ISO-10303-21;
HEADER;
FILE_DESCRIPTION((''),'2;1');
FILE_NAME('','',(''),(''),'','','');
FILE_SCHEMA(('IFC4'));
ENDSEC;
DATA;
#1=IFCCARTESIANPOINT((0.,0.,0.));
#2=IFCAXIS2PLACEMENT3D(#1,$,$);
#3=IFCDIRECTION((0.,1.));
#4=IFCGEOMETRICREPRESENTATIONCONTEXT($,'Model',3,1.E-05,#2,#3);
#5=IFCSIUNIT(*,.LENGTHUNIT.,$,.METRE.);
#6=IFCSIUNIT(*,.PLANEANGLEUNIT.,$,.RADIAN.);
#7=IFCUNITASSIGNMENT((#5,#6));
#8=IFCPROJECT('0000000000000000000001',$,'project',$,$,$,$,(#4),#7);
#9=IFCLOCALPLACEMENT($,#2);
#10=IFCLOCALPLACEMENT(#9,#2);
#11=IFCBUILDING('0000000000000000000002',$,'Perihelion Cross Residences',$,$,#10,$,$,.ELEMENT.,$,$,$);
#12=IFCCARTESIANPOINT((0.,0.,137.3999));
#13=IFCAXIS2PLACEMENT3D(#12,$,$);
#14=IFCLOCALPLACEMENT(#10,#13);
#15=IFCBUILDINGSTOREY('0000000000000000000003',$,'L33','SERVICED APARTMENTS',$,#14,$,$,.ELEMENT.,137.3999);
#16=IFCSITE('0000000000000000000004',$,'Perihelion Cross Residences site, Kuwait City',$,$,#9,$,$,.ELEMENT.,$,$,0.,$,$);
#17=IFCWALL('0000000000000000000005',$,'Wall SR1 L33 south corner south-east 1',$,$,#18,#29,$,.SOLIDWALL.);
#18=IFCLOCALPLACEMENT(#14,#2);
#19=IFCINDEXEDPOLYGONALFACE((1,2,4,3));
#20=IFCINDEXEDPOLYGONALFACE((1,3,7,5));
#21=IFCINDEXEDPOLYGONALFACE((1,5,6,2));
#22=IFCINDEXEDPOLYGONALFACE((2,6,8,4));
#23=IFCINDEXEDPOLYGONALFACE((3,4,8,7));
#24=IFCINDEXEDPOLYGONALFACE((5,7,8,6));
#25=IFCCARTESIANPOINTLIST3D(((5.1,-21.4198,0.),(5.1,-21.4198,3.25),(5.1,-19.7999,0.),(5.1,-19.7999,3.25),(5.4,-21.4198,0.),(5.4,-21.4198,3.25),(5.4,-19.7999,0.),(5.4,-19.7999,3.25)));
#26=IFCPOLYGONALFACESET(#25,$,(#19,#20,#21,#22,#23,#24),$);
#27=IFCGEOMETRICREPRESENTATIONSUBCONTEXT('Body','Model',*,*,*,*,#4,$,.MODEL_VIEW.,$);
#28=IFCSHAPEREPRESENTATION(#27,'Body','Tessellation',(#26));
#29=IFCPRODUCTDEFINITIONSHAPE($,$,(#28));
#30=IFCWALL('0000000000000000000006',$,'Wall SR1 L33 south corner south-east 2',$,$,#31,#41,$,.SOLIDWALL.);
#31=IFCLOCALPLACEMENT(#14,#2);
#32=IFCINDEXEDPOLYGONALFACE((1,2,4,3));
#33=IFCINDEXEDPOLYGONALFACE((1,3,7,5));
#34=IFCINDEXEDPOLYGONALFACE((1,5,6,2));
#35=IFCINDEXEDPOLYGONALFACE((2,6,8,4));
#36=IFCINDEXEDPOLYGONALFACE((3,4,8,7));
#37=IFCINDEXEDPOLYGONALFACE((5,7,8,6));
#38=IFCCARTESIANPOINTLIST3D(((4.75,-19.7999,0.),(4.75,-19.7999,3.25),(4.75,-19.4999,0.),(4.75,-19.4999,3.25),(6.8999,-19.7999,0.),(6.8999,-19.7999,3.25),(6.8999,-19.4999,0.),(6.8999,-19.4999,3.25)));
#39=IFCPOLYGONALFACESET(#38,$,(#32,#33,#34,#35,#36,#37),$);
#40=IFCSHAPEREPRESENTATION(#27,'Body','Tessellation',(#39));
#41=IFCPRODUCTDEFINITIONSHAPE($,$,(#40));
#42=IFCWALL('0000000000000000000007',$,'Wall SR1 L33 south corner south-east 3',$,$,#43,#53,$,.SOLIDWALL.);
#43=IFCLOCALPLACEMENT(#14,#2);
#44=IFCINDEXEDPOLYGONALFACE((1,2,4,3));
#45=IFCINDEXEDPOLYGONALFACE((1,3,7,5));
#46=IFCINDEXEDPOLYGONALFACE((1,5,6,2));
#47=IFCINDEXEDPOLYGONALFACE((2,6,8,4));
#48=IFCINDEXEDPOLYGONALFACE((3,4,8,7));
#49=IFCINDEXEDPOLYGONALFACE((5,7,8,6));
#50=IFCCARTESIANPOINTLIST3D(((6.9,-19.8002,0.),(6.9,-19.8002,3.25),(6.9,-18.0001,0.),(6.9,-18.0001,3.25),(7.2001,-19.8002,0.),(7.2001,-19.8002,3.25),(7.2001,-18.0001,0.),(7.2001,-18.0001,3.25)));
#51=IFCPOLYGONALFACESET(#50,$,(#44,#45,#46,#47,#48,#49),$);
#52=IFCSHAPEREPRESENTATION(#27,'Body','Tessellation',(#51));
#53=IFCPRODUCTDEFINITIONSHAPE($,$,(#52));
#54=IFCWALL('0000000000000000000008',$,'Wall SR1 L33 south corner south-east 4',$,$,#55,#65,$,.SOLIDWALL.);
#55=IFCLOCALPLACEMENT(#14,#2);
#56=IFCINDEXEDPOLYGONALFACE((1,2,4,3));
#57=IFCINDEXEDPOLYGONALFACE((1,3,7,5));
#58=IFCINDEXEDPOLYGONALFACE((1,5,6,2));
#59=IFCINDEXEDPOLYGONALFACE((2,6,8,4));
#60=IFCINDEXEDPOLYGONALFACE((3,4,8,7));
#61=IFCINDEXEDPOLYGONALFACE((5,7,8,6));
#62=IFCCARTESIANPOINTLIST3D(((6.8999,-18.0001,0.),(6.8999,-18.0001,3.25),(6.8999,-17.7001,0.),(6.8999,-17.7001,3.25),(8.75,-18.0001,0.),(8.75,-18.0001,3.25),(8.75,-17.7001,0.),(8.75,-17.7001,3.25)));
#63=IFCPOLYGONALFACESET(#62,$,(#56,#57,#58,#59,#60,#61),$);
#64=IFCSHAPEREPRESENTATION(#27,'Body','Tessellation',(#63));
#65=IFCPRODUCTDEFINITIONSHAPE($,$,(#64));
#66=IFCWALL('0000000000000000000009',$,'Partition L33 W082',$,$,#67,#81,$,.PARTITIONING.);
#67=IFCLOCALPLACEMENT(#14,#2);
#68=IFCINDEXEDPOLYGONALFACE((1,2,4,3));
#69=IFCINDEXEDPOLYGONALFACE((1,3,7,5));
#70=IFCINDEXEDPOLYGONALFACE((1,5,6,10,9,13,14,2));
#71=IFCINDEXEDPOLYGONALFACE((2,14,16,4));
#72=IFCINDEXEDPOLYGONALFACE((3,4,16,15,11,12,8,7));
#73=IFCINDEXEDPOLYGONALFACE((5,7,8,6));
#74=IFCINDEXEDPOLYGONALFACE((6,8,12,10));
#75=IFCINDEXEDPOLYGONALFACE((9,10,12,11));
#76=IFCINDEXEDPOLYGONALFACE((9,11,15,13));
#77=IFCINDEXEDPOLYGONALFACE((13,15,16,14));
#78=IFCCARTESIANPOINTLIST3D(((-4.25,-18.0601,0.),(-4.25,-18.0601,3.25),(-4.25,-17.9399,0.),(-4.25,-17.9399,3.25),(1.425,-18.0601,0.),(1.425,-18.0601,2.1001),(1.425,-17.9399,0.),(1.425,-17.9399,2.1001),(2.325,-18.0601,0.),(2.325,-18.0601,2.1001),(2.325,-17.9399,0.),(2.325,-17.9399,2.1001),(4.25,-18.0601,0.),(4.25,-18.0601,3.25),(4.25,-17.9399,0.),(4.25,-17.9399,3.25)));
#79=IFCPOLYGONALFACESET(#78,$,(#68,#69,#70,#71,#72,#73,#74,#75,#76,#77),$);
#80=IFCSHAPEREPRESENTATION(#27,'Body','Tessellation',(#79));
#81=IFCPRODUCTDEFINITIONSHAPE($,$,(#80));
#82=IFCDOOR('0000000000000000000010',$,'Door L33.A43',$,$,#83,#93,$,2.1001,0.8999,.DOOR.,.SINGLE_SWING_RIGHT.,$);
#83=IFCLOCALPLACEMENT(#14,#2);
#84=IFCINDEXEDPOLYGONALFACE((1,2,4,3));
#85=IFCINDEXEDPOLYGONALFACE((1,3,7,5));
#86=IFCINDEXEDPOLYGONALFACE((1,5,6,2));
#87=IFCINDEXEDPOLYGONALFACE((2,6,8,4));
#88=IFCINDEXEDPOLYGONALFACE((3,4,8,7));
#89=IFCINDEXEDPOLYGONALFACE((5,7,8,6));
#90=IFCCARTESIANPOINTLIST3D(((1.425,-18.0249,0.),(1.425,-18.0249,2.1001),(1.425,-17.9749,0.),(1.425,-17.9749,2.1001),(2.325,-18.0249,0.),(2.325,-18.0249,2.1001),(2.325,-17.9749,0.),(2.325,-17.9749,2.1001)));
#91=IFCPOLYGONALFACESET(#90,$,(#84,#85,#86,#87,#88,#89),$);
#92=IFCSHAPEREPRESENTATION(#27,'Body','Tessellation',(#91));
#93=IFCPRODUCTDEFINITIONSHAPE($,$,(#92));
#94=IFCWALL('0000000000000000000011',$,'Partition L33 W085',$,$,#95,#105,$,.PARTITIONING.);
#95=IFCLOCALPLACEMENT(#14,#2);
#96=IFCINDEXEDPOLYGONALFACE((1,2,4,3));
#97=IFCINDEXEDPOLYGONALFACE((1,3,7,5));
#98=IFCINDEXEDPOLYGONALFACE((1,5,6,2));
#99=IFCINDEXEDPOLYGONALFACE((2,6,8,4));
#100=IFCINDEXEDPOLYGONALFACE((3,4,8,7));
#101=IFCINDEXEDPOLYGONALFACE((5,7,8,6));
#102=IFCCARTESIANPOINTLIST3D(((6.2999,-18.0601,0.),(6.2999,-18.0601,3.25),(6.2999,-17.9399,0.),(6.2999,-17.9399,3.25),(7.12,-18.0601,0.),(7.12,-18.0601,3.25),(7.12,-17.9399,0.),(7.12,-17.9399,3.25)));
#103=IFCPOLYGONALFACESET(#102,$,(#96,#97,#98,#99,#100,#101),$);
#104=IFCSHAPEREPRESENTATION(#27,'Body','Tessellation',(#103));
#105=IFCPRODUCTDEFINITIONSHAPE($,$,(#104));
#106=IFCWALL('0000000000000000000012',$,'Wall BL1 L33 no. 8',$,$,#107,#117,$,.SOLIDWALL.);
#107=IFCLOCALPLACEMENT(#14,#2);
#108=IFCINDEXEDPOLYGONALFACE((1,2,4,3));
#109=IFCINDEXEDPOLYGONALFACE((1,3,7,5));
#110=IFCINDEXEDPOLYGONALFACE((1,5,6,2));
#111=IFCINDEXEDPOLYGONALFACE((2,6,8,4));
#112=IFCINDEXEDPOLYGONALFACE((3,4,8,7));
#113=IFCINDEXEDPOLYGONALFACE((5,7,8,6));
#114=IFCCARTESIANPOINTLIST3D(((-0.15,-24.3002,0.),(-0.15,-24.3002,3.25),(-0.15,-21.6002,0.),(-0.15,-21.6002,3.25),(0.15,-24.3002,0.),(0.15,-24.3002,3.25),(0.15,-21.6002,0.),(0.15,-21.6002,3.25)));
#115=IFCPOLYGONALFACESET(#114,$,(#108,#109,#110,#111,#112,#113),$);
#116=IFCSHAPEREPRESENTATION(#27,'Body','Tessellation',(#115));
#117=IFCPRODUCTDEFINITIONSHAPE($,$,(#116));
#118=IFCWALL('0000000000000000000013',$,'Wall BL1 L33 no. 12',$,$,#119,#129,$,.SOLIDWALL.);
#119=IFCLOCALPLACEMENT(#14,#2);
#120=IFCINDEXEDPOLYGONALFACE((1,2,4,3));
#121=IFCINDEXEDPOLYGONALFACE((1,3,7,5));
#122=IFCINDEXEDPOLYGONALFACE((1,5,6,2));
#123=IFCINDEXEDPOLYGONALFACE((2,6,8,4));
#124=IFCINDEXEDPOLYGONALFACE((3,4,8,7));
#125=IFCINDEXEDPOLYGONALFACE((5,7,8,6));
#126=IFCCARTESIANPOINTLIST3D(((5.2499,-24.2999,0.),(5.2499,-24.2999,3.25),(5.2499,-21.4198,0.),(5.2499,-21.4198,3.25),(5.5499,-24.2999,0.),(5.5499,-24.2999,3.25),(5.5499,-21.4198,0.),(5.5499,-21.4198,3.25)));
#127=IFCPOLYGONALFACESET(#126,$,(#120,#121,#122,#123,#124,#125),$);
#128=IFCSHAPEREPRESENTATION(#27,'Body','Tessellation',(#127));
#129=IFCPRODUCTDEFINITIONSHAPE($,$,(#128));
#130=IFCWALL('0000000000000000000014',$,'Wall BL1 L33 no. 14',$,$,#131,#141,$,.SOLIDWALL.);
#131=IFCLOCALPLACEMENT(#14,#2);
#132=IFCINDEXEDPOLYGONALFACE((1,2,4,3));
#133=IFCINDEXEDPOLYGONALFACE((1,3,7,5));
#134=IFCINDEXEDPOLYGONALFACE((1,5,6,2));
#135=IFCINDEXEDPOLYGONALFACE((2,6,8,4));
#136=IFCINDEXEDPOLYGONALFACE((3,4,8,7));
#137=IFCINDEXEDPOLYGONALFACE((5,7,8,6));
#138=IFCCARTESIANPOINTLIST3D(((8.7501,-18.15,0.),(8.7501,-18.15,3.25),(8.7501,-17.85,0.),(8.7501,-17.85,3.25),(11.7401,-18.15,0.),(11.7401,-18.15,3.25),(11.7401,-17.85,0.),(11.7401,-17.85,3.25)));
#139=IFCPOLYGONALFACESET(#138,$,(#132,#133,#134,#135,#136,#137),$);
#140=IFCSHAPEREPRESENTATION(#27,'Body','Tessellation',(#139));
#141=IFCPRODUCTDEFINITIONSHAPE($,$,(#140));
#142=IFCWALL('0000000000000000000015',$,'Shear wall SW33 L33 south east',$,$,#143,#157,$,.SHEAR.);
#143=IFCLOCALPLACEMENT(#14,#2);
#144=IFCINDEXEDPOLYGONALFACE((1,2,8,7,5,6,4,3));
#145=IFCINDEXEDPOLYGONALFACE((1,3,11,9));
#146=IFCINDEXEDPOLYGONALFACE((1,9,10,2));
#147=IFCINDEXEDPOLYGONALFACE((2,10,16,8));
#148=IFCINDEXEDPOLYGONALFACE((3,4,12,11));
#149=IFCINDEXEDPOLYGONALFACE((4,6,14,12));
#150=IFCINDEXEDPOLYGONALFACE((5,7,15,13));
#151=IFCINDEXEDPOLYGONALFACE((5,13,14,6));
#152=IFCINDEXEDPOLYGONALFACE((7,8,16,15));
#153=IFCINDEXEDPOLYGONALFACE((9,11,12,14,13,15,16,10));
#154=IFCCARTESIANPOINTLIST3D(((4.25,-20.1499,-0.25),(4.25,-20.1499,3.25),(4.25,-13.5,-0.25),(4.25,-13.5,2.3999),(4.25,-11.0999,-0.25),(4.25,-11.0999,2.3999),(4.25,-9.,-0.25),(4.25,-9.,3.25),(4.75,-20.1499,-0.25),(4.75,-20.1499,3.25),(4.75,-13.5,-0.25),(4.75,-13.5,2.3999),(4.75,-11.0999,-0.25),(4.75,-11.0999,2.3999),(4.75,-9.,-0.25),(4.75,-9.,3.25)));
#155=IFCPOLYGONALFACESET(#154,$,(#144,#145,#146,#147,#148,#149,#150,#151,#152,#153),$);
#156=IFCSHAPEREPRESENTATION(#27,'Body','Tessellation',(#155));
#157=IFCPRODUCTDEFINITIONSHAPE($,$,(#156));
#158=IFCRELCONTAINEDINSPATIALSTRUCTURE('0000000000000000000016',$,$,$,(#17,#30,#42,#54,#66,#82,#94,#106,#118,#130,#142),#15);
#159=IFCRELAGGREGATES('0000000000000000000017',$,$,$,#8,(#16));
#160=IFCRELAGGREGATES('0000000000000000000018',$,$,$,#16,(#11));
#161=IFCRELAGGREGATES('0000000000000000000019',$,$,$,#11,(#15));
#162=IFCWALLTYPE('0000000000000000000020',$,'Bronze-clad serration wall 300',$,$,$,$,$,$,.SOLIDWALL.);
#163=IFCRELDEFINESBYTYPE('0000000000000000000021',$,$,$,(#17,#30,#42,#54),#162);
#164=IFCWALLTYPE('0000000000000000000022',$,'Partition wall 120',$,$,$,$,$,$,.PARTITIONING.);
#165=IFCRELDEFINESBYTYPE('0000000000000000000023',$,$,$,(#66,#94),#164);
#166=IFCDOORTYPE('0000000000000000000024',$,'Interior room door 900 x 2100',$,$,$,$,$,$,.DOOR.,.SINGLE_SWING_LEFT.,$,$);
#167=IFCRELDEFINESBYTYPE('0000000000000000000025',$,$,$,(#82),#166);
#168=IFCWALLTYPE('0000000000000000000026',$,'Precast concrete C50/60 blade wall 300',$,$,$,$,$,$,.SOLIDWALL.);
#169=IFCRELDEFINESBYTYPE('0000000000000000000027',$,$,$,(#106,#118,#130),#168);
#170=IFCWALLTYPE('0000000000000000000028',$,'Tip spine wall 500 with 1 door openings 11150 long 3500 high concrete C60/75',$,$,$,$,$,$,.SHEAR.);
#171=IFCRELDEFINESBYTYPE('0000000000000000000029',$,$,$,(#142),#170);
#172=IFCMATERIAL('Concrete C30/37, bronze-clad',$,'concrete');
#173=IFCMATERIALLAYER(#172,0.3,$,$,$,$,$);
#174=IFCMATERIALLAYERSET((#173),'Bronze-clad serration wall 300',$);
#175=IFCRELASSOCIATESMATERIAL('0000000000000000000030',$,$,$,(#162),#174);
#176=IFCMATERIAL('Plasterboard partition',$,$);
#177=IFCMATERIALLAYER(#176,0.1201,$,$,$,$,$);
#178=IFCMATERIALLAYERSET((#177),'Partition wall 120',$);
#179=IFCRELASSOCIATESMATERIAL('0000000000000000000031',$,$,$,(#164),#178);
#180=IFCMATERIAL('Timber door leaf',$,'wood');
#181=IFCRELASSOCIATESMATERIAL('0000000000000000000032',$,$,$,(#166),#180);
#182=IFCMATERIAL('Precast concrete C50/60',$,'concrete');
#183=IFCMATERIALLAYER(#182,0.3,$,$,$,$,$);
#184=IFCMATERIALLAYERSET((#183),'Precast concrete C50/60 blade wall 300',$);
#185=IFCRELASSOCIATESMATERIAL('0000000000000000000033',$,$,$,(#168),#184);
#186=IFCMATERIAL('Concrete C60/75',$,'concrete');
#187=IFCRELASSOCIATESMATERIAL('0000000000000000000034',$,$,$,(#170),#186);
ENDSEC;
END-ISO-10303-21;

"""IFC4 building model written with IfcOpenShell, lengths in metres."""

from ifc_helpers import new_model, si_unit, direction, frame, frame_2d, origin, place, context, subcontext, project, spatial, polyline, rectangle, outline, extrude, material, layer, layer_set, material_profile, profile_set, type_object, element, fill, save


model = new_model("IFC4")

# Units and contexts
model_context = context("Model", 3, precision=1e-05, world=origin(), true_north=direction((0.0, 1.0)))
body_context = subcontext(model_context, "Body", "Model", "MODEL_VIEW")
ifc_project = project(units=[si_unit("LENGTHUNIT", "METRE"), si_unit("PLANEANGLEUNIT", "RADIAN")], contexts=[model_context])

# Site, building, storey
site_placement = place(None, origin())
site = spatial("IfcSite", under=ifc_project, at=site_placement, Name="Perihelion Cross Residences site, Kuwait City", CompositionType="ELEMENT", RefElevation=0.0)
building_placement = place(site_placement, origin())
building = spatial("IfcBuilding", under=site, at=building_placement, Name="Perihelion Cross Residences", CompositionType="ELEMENT")
storey_placement = place(building_placement, frame((0.0, 0.0, 137.3999)))
storey = spatial("IfcBuildingStorey", under=building, at=storey_placement, Name="L33", Description="SERVICED APARTMENTS", CompositionType="ELEMENT", Elevation=137.3999)

# Walls
ifc_material_1 = material(Name="Concrete C30/37, bronze-clad", Category="concrete")
ifc_layer_1 = layer(ifc_material_1, 0.3)
ifc_layer_set_1 = layer_set([ifc_layer_1], Name="Bronze-clad serration wall 300")
wall_type_1 = type_object("IfcWallType", Name="Bronze-clad serration wall 300", PredefinedType="SOLIDWALL", material=ifc_layer_set_1)
wall_1_placement = place(storey_placement, frame((5.25, -21.4199, 0.0), z_axis=(0.0, 0.0, 1.0), x_axis=(0.0, 1.0, 0.0)))
element("IfcWall", 1, at=wall_1_placement, inside=storey, type_object=wall_type_1, Name="Wall SR1 L33 south corner south-east 1", PredefinedType="SOLIDWALL", context=body_context, shape_type="SweptSolid", body=[
    extrude(rectangle(XDim=1.6199, YDim=0.3, at=frame_2d((0.8101, 0.0))), origin(), (0.0, 0.0, 1.0), 3.25),
])
wall_2_placement = place(storey_placement, frame((4.75, -19.6499, 0.0), z_axis=(0.0, 0.0, 1.0), x_axis=(1.0, 0.0, 0.0)))
element("IfcWall", 2, at=wall_2_placement, inside=storey, type_object=wall_type_1, Name="Wall SR1 L33 south corner south-east 2", PredefinedType="SOLIDWALL", context=body_context, shape_type="SweptSolid", body=[
    extrude(rectangle(XDim=2.1499, YDim=0.3, at=frame_2d((1.075, 0.0))), origin(), (0.0, 0.0, 1.0), 3.25),
])
wall_3_placement = place(storey_placement, frame((7.05, -19.8, 0.0), z_axis=(0.0, 0.0, 1.0), x_axis=(0.0, 1.0, 0.0)))
element("IfcWall", 3, at=wall_3_placement, inside=storey, type_object=wall_type_1, Name="Wall SR1 L33 south corner south-east 3", PredefinedType="SOLIDWALL", context=body_context, shape_type="SweptSolid", body=[
    extrude(rectangle(XDim=1.8, YDim=0.3, at=frame_2d((0.8999, 0.0))), origin(), (0.0, 0.0, 1.0), 3.25),
])
wall_4_placement = place(storey_placement, frame((6.8999, -17.8501, 0.0), z_axis=(0.0, 0.0, 1.0), x_axis=(1.0, 0.0, 0.0)))
element("IfcWall", 4, at=wall_4_placement, inside=storey, type_object=wall_type_1, Name="Wall SR1 L33 south corner south-east 4", PredefinedType="SOLIDWALL", context=body_context, shape_type="SweptSolid", body=[
    extrude(rectangle(XDim=1.8501, YDim=0.3, at=frame_2d((0.925, 0.0))), origin(), (0.0, 0.0, 1.0), 3.25),
])

# Wall, opening, door
ifc_material_2 = material(Name="Plasterboard partition")
ifc_layer_2 = layer(ifc_material_2, 0.1201)
ifc_layer_set_2 = layer_set([ifc_layer_2], Name="Partition wall 120")
wall_type_2 = type_object("IfcWallType", Name="Partition wall 120", PredefinedType="PARTITIONING", material=ifc_layer_set_2)
wall_5_placement = place(storey_placement, frame((4.25, -18.0, 0.0), z_axis=(0.0, 0.0, 1.0), x_axis=(-1.0, 0.0, 0.0)))
wall_5 = element("IfcWall", 5, at=wall_5_placement, inside=storey, type_object=wall_type_2, Name="Partition L33 W082", PredefinedType="PARTITIONING", context=body_context, shape_type="SweptSolid", body=[
    extrude(rectangle(XDim=8.5, YDim=0.1201, at=frame_2d((4.25, 0.0))), origin(), (0.0, 0.0, 1.0), 3.25),
])
opening_1_placement = place(wall_5_placement, frame((1.925, 0.0, 0.0)))
opening_1 = element("IfcOpeningElement", 6, at=opening_1_placement, cuts=wall_5, PredefinedType="OPENING", context=body_context, shape_type="SweptSolid", body=[
    extrude(rectangle(XDim=0.8999, YDim=2.1001, at=frame_2d((0.45, 1.05))), frame((0.0, 0.0701, 0.0), z_axis=(0.0, -1.0, 0.0), x_axis=(1.0, 0.0, 0.0)), (0.0, 0.0, 1.0), 0.1401),
])
ifc_material_3 = material(Name="Timber door leaf", Category="wood")
door_type_1 = type_object("IfcDoorType", Name="Interior room door 900 x 2100", OperationType="SINGLE_SWING_LEFT", PredefinedType="DOOR", material=ifc_material_3)
door_1_placement = place(opening_1_placement, origin())
door_1 = element("IfcDoor", 7, at=door_1_placement, inside=storey, type_object=door_type_1, Name="Door L33.A43", OperationType="SINGLE_SWING_RIGHT", OverallHeight=2.1001, OverallWidth=0.8999, PredefinedType="DOOR", context=body_context, shape_type="SweptSolid", body=[
    extrude(rectangle(XDim=0.8999, YDim=2.1001, at=frame_2d((0.45, 1.05))), frame((0.0, 0.0249, 0.0), z_axis=(0.0, -1.0, 0.0), x_axis=(1.0, 0.0, 0.0)), (0.0, 0.0, 1.0), 0.05),
])
fill(opening_1, door_1)

# Walls
wall_6_placement = place(storey_placement, frame((7.1201, -18.0, 0.0), z_axis=(0.0, 0.0, 1.0), x_axis=(-1.0, 0.0, 0.0)))
element("IfcWall", 8, at=wall_6_placement, inside=storey, type_object=wall_type_2, Name="Partition L33 W085", PredefinedType="PARTITIONING", context=body_context, shape_type="SweptSolid", body=[
    extrude(rectangle(XDim=0.8201, YDim=0.1201, at=frame_2d((0.4102, 0.0))), origin(), (0.0, 0.0, 1.0), 3.25),
])
ifc_material_4 = material(Name="Precast concrete C50/60", Category="concrete")
ifc_layer_3 = layer(ifc_material_4, 0.3)
ifc_layer_set_3 = layer_set([ifc_layer_3], Name="Precast concrete C50/60 blade wall 300")
wall_type_3 = type_object("IfcWallType", Name="Precast concrete C50/60 blade wall 300", PredefinedType="SOLIDWALL", material=ifc_layer_set_3)
wall_7_placement = place(storey_placement, frame((0.0, -21.6001, 0.0), z_axis=(0.0, 0.0, 1.0), x_axis=(0.0, -1.0, 0.0)))
element("IfcWall", 9, at=wall_7_placement, inside=storey, type_object=wall_type_3, Name="Wall BL1 L33 no. 8", PredefinedType="SOLIDWALL", context=body_context, shape_type="SweptSolid", body=[
    extrude(rectangle(XDim=2.7, YDim=0.3, at=frame_2d((1.3501, 0.0))), origin(), (0.0, 0.0, 1.0), 3.25),
])
wall_8_placement = place(storey_placement, frame((5.3999, -21.4199, 0.0), z_axis=(0.0, 0.0, 1.0), x_axis=(0.0, -1.0, 0.0)))
element("IfcWall", 10, at=wall_8_placement, inside=storey, type_object=wall_type_3, Name="Wall BL1 L33 no. 12", PredefinedType="SOLIDWALL", context=body_context, shape_type="SweptSolid", body=[
    extrude(rectangle(XDim=2.8801, YDim=0.3, at=frame_2d((1.4399, 0.0))), origin(), (0.0, 0.0, 1.0), 3.25),
])
wall_9_placement = place(storey_placement, frame((8.75, -18.0, 0.0), z_axis=(0.0, 0.0, 1.0), x_axis=(1.0, 0.0, 0.0)))
element("IfcWall", 11, at=wall_9_placement, inside=storey, type_object=wall_type_3, Name="Wall BL1 L33 no. 14", PredefinedType="SOLIDWALL", context=body_context, shape_type="SweptSolid", body=[
    extrude(rectangle(XDim=2.99, YDim=0.3, at=frame_2d((1.4951, 0.0))), origin(), (0.0, 0.0, 1.0), 3.25),
])
ifc_material_5 = material(Name="Concrete C60/75", Category="concrete")
ifc_material_profile_1 = material_profile(ifc_material_5, outline(polyline([(0.0, 0.0), (6.6499, 0.0), (6.6499, 2.6499), (9.05, 2.6499), (9.05, 0.0), (11.1499, 0.0), (11.1499, 3.5), (0.0, 3.5), (0.0, 0.0)])), Name="Tip spine wall")
ifc_profile_set_1 = profile_set([ifc_material_profile_1], Name="Concrete C60/75")
wall_type_4 = type_object("IfcWallType", Name="Tip spine wall 500 with 1 door openings 11150 long 3500 high concrete C60/75", PredefinedType="SHEAR", material=ifc_profile_set_1)
wall_10_placement = place(storey_placement, frame((4.25, -20.1499, -0.25), z_axis=(1.0, 0.0, 0.0), x_axis=(0.0, 1.0, 0.0)))
element("IfcWall", 12, at=wall_10_placement, inside=storey, type_object=wall_type_4, Name="Shear wall SW33 L33 south east", PredefinedType="SHEAR", context=body_context, shape_type="SweptSolid", body=[
    extrude(outline(polyline([(0.0, 0.0), (6.6499, 0.0), (6.6499, 2.6499), (9.05, 2.6499), (9.05, 0.0), (11.1499, 0.0), (11.1499, 3.5), (0.0, 3.5), (0.0, 0.0)])), origin(), (0.0, 0.0, 1.0), 0.5),
])

save(model, "model.ifc")
